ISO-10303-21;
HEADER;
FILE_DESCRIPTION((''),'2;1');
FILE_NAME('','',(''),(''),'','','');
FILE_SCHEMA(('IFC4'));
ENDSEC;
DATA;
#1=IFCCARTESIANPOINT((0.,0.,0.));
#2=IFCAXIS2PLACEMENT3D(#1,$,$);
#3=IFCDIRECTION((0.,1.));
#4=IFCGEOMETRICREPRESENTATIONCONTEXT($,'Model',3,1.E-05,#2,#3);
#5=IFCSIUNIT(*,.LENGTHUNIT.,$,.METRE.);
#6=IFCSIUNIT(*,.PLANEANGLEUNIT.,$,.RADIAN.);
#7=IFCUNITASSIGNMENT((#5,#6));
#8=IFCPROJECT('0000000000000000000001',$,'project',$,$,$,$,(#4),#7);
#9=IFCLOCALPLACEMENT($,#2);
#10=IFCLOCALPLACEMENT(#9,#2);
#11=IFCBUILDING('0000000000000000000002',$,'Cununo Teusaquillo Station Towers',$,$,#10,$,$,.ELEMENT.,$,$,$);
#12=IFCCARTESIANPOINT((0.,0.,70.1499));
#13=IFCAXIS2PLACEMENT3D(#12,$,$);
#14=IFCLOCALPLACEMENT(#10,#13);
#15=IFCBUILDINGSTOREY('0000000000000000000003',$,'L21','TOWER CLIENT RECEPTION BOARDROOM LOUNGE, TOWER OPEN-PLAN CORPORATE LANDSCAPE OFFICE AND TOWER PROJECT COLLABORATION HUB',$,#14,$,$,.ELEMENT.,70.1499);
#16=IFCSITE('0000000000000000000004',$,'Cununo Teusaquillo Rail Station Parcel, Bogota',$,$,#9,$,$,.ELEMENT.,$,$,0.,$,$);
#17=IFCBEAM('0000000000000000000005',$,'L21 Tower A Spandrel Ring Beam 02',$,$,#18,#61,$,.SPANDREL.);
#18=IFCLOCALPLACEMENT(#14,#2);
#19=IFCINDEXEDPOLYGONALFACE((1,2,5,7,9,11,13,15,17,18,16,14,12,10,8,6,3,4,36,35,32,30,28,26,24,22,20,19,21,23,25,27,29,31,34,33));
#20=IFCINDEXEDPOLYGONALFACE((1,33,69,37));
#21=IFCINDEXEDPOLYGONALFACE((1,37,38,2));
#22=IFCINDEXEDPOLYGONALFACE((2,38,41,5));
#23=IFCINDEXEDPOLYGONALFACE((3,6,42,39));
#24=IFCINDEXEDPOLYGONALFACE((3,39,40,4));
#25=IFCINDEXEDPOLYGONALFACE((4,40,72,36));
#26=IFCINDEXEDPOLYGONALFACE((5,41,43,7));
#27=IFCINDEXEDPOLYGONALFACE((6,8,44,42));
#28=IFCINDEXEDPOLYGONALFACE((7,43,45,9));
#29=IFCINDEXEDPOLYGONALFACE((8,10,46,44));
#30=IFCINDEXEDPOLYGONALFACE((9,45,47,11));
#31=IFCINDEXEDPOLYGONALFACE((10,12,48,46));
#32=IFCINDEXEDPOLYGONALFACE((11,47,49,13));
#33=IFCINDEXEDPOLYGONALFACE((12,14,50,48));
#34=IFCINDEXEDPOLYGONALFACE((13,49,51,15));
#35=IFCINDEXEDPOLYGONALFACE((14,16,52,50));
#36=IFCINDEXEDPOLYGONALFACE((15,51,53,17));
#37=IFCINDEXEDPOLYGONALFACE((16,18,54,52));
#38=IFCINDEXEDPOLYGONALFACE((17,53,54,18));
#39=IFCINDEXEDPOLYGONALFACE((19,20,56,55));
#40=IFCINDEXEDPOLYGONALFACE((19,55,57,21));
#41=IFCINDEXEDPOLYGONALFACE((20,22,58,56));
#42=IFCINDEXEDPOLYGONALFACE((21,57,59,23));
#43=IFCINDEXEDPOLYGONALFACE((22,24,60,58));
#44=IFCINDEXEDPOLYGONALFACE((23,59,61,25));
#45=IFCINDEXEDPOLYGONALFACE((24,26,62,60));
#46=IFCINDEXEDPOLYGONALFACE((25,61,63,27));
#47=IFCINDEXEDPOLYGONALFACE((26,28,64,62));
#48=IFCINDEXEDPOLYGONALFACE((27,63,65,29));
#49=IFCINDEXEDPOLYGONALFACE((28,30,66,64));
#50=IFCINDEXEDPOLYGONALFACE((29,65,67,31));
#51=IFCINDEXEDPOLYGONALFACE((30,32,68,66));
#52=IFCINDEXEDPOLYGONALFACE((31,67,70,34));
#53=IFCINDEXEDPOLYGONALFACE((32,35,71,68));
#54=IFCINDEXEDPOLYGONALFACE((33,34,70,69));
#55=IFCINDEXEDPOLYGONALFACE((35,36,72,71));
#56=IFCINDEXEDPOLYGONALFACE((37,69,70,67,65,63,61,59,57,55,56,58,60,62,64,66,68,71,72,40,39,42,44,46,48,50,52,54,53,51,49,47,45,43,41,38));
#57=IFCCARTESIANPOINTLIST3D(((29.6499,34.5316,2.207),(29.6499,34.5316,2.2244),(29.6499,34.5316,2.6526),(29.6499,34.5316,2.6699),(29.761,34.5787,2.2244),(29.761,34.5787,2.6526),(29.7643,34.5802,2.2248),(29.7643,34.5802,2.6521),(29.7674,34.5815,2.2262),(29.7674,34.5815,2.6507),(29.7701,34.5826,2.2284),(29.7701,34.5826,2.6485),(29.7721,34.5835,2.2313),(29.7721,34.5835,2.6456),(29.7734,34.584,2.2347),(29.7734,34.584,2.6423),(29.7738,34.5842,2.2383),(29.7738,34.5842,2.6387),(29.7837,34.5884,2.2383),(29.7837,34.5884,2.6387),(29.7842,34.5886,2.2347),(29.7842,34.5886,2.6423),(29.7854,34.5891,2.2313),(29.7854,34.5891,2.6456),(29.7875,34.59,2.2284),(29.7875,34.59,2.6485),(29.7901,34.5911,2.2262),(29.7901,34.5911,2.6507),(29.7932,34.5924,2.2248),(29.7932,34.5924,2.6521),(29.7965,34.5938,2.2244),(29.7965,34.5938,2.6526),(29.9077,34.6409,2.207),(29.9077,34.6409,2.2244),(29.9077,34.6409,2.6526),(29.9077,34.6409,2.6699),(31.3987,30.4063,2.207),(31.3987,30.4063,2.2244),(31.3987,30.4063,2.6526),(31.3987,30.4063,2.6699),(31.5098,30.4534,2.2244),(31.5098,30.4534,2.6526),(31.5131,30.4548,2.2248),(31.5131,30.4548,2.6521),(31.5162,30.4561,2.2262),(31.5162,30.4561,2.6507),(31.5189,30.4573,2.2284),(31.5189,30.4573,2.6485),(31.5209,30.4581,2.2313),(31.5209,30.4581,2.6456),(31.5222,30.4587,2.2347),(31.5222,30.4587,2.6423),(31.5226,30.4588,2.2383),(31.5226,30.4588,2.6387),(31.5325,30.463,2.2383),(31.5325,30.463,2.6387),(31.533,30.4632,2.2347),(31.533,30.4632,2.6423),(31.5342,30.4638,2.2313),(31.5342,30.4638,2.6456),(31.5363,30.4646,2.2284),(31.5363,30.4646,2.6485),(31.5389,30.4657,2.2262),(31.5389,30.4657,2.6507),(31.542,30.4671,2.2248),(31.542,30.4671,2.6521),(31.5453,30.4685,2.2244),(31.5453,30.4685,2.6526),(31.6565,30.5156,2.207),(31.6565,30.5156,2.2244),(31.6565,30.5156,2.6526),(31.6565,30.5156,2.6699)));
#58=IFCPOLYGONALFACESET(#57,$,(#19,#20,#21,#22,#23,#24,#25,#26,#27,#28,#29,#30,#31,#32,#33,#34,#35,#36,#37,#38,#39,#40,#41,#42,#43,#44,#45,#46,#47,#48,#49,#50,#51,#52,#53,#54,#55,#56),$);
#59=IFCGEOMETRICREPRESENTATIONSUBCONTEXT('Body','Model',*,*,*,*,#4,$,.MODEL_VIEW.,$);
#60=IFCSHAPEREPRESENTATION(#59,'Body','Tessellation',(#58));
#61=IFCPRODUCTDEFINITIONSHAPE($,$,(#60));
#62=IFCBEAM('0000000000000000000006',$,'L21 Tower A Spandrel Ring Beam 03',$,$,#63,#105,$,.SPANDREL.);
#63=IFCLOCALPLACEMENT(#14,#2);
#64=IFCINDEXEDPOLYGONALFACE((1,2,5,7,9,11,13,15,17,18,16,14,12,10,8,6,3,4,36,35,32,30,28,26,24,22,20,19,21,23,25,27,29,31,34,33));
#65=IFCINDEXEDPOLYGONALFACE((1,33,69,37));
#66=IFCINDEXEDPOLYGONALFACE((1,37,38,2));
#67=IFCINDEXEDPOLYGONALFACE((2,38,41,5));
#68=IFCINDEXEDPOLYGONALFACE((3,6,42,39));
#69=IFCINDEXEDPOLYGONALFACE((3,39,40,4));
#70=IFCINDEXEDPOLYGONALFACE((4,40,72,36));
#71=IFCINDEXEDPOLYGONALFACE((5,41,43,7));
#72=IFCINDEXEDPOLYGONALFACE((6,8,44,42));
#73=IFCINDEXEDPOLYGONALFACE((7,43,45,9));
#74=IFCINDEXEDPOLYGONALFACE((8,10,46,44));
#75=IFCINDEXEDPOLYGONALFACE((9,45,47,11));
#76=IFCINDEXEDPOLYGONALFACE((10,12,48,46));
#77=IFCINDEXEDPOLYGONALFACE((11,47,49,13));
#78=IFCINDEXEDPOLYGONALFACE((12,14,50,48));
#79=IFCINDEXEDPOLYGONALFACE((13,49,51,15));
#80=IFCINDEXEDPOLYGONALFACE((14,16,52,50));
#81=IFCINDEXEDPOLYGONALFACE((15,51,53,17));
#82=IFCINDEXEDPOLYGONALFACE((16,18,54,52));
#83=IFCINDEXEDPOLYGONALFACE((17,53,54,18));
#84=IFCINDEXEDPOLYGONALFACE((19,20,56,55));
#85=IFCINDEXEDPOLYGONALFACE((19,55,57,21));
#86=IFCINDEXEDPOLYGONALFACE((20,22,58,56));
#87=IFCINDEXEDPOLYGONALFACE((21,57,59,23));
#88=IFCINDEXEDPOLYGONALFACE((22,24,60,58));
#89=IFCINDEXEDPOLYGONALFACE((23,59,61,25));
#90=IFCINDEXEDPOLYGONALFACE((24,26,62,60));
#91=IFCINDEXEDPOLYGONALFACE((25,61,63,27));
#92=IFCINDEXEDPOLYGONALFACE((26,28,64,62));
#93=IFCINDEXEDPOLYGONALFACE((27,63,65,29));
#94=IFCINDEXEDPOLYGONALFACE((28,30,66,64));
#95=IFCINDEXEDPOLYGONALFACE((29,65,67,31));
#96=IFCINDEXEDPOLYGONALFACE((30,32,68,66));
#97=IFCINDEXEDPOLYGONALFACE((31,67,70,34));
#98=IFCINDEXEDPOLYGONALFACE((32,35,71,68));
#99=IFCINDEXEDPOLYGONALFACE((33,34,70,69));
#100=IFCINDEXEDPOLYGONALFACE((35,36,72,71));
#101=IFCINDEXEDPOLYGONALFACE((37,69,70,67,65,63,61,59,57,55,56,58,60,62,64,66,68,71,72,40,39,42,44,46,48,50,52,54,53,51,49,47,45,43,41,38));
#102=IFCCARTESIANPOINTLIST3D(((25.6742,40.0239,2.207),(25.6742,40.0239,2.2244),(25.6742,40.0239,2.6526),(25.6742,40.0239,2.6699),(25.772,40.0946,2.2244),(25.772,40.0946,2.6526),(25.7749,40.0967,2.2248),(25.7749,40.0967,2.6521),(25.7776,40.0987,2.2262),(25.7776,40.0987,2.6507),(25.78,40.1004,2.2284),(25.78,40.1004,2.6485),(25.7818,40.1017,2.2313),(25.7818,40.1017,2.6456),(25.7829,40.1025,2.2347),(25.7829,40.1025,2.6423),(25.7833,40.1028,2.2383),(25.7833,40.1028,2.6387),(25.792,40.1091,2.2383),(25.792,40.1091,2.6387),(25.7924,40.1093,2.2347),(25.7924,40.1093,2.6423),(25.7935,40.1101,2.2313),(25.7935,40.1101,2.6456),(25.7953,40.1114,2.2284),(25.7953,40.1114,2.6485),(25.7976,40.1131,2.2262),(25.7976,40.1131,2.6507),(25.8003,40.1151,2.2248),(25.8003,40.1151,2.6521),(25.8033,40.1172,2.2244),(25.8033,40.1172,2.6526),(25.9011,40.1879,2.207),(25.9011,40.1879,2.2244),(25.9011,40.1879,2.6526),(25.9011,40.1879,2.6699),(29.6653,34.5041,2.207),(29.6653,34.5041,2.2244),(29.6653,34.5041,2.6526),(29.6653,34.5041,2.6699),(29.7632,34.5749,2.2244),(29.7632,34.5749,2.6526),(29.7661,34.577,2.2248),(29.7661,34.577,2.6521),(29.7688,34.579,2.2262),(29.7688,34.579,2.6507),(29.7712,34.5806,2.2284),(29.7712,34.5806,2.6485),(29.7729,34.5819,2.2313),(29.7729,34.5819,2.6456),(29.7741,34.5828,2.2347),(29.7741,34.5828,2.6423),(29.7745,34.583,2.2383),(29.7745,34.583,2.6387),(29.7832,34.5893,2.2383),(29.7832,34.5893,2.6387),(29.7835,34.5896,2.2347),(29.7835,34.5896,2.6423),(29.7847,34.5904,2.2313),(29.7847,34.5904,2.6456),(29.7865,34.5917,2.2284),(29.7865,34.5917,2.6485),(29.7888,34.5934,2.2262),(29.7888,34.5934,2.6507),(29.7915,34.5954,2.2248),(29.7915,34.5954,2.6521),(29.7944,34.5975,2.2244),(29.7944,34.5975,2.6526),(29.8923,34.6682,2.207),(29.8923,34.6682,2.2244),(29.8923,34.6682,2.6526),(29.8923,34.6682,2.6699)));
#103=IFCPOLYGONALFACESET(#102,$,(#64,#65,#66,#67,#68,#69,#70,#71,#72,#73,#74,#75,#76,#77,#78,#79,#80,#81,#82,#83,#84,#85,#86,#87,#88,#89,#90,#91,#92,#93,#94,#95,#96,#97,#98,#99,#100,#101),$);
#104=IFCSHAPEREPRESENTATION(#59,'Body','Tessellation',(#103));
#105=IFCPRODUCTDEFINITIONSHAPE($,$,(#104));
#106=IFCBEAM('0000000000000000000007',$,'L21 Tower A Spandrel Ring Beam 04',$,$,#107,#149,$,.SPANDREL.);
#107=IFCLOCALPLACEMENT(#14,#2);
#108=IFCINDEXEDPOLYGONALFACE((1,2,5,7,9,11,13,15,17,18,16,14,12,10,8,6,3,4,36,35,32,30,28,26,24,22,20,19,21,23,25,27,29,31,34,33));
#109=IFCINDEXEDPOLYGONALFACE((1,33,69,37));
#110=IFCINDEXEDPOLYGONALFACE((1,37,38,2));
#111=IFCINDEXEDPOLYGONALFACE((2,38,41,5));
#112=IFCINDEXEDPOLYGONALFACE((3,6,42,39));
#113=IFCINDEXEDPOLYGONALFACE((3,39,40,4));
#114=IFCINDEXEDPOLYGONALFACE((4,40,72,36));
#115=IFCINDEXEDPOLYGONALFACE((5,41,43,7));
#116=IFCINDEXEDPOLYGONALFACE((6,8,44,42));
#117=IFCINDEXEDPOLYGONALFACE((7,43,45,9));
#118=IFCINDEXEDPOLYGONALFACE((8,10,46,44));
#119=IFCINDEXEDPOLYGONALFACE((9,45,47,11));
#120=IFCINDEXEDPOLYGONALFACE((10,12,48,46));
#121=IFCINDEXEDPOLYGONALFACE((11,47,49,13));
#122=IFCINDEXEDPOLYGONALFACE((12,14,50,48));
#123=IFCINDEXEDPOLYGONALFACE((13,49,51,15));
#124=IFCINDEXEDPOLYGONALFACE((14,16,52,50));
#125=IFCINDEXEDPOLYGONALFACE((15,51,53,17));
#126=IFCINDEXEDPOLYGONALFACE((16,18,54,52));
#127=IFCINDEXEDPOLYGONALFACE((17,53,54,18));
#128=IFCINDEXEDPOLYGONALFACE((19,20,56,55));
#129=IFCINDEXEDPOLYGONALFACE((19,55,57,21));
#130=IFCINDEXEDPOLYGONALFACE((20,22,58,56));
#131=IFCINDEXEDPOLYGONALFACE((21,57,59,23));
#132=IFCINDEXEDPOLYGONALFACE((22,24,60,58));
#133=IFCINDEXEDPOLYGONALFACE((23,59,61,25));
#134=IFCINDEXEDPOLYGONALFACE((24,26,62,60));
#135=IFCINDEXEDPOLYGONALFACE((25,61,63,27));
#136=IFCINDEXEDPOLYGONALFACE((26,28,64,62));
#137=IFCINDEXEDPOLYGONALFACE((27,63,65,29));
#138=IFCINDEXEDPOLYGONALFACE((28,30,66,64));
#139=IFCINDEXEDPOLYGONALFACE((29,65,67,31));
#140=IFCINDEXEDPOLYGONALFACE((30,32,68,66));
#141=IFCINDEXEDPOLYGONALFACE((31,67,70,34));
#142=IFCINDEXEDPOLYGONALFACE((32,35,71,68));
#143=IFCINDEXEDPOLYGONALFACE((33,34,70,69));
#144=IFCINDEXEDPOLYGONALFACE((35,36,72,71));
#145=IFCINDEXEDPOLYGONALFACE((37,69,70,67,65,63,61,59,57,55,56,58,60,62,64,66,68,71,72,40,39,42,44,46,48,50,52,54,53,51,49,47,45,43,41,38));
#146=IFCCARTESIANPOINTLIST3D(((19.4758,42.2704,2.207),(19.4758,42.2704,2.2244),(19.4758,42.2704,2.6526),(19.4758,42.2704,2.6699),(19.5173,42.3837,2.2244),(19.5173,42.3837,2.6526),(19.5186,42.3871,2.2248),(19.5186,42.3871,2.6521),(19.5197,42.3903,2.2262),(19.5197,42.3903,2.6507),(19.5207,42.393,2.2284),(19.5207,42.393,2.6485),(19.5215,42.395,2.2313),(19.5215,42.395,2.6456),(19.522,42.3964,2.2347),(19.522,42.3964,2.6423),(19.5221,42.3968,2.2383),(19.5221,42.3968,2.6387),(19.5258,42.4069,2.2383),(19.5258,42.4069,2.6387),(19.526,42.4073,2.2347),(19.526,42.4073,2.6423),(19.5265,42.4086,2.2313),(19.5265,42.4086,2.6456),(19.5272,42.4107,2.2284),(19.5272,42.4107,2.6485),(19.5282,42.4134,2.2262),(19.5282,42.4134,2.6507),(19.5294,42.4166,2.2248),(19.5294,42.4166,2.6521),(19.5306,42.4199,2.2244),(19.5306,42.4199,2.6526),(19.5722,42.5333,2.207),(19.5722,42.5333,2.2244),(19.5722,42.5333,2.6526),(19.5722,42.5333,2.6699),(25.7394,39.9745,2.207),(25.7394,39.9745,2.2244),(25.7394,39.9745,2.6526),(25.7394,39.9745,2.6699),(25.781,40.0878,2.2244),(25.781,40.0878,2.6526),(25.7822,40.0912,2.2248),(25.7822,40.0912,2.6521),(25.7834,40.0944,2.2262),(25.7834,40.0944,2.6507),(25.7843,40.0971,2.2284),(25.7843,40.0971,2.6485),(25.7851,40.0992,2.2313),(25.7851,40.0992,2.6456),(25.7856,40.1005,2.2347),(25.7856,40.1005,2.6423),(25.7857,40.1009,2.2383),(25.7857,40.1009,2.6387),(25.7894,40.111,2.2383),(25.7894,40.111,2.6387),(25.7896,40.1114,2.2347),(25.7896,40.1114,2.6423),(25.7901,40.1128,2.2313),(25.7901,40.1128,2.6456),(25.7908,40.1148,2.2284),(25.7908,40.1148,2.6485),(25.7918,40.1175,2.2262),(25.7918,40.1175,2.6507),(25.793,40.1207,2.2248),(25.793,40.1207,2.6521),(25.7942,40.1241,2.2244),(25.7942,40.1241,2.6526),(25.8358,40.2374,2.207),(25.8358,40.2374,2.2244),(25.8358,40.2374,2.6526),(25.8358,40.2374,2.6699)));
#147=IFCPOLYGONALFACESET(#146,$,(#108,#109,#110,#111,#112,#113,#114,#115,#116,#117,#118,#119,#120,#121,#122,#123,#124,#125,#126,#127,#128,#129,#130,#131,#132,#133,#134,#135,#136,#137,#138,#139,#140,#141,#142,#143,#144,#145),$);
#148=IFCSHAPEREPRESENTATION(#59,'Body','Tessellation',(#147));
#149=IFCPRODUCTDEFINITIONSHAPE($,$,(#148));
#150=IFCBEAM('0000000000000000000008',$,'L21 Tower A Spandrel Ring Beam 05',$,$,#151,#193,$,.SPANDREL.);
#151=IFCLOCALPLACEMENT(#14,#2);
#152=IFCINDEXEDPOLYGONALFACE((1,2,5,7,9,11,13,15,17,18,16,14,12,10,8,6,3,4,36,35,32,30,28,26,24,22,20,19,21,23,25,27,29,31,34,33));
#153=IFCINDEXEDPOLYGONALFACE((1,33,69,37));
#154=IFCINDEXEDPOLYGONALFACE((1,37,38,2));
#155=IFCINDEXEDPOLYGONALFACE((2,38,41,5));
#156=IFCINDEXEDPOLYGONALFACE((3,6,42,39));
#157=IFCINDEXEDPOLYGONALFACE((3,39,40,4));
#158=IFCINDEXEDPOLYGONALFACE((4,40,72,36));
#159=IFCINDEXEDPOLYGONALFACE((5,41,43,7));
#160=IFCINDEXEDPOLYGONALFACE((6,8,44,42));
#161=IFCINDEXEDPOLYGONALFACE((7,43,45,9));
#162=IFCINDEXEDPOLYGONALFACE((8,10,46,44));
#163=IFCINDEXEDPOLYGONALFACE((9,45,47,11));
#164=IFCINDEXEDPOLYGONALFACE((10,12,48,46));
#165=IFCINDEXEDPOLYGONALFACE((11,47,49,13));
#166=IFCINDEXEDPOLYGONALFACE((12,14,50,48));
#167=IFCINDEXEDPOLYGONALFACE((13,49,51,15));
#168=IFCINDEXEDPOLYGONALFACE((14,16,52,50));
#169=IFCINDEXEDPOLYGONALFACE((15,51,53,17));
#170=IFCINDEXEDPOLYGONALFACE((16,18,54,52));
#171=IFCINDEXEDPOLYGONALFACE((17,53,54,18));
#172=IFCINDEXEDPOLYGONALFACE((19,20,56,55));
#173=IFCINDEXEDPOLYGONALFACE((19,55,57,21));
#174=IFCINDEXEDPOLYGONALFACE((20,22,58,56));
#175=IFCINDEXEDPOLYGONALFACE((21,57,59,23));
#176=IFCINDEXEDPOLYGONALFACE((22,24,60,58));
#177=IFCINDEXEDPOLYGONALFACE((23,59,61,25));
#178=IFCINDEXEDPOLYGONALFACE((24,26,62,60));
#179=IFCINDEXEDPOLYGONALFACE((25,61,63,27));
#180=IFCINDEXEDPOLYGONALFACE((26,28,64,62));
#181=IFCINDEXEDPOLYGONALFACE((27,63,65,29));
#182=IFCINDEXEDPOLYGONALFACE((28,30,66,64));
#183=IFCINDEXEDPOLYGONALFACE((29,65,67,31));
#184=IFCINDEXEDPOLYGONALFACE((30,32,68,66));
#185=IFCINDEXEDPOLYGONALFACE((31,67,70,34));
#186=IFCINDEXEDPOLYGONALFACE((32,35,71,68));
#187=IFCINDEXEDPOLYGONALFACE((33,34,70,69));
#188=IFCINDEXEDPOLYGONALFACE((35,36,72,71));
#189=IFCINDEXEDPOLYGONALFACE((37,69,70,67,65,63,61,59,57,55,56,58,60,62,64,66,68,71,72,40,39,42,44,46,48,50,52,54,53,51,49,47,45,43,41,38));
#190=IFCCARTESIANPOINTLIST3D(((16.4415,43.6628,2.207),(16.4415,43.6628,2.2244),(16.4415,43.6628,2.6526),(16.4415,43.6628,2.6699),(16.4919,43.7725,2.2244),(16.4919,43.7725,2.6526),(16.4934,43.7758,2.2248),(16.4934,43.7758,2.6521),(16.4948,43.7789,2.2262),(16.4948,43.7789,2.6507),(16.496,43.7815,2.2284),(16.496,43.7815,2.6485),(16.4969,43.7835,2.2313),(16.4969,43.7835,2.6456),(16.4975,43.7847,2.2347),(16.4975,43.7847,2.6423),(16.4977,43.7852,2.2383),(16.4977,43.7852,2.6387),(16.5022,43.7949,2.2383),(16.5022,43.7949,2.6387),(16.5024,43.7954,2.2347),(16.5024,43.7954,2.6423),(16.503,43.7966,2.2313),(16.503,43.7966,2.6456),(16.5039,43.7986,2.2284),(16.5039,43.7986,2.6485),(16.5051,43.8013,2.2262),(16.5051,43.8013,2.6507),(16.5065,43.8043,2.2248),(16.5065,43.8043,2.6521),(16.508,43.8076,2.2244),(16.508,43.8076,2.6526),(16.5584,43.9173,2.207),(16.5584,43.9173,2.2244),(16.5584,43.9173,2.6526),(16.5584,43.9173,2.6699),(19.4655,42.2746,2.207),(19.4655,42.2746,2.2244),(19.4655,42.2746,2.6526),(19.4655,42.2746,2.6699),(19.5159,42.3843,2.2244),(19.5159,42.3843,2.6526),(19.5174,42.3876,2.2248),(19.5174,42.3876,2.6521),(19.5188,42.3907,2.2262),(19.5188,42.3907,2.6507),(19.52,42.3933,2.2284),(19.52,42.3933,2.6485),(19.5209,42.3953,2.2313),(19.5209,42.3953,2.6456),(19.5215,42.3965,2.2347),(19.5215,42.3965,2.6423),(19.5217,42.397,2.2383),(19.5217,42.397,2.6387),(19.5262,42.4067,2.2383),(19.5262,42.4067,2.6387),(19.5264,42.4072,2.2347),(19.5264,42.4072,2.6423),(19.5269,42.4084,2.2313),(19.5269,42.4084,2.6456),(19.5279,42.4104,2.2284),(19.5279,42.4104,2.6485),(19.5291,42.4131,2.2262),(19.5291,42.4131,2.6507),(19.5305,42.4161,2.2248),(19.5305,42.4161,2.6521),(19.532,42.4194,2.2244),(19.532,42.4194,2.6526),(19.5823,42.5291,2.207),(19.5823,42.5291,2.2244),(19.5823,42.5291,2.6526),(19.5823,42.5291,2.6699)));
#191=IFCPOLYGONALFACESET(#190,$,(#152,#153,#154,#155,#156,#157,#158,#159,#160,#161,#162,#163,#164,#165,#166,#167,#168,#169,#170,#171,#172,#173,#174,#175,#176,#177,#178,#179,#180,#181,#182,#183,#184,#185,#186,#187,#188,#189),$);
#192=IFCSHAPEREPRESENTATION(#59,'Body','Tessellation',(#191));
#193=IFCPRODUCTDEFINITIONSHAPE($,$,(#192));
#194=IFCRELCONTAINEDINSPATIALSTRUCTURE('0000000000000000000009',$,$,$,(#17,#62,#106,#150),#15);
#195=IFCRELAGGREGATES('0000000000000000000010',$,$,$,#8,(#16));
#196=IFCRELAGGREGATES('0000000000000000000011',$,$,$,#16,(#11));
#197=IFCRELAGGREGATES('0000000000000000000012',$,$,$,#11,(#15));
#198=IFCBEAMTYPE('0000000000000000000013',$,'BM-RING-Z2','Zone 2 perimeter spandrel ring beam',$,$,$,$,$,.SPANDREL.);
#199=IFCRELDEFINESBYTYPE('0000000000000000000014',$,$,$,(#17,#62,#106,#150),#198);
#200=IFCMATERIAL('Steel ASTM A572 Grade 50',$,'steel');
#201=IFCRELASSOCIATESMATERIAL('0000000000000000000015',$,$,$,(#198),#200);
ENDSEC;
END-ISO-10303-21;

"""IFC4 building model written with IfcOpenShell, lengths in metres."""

from ifc_helpers import new_model, si_unit, direction, frame, origin, origin_2d, place, context, subcontext, project, spatial, i_section, extrude, material, material_profile, profile_set, type_object, element, save


model = new_model("IFC4")

# Units and contexts
model_context = context("Model", 3, precision=1e-05, world=origin(), true_north=direction((0.0, 1.0)))
body_context = subcontext(model_context, "Body", "Model", "MODEL_VIEW")
ifc_project = project(units=[si_unit("LENGTHUNIT", "METRE"), si_unit("PLANEANGLEUNIT", "RADIAN")], contexts=[model_context])

# Site, building, storey
site_placement = place(None, origin())
site = spatial("IfcSite", under=ifc_project, at=site_placement, Name="Cununo Teusaquillo Rail Station Parcel, Bogota", CompositionType="ELEMENT", RefElevation=0.0)
building_placement = place(site_placement, origin())
building = spatial("IfcBuilding", under=site, at=building_placement, Name="Cununo Teusaquillo Station Towers", CompositionType="ELEMENT")
storey_placement = place(building_placement, frame((0.0, 0.0, 70.1499)))
storey = spatial("IfcBuildingStorey", under=building, at=storey_placement, Name="L21", Description="TOWER CLIENT RECEPTION BOARDROOM LOUNGE, TOWER OPEN-PLAN CORPORATE LANDSCAPE OFFICE AND TOWER PROJECT COLLABORATION HUB", CompositionType="ELEMENT", Elevation=70.1499)

# Beams
ifc_material_1 = material(Name="Steel ASTM A572 Grade 50", Category="steel")
ifc_material_profile_1 = material_profile(ifc_material_1, i_section(OverallWidth=0.28, OverallDepth=0.4629, WebThickness=0.0107, FlangeThickness=0.0173, FilletRadius=0.0139, at=origin_2d()), Name="W18X76")
ifc_profile_set_1 = profile_set([ifc_material_profile_1], Name="Steel ASTM A572 Grade 50")
beam_type_1 = type_object("IfcBeamType", Name="BM-RING-Z2", Description="Zone 2 perimeter spandrel ring beam", PredefinedType="SPANDREL", material=ifc_profile_set_1)
beam_1_placement = place(storey_placement, frame((31.5276, 30.4609, 2.4385), z_axis=(-0.390299, 0.920688, 0.0), x_axis=(-0.920688, -0.390299, 0.0)))
element("IfcBeam", 1, at=beam_1_placement, inside=storey, type_object=beam_type_1, Name="L21 Tower A Spandrel Ring Beam 02", PredefinedType="SPANDREL", context=body_context, shape_type="SweptSolid", body=[
    extrude(i_section(OverallWidth=0.28, OverallDepth=0.4629, WebThickness=0.0107, FlangeThickness=0.0173, FilletRadius=0.0139, at=origin_2d()), origin(), (0.0, 0.0, 1.0), 4.4807),
])
beam_2_placement = place(storey_placement, frame((29.7788, 34.5862, 2.4385), z_axis=(-0.585945, 0.810351, 0.0), x_axis=(-0.810351, -0.585945, 0.0)))
element("IfcBeam", 2, at=beam_2_placement, inside=storey, type_object=beam_type_1, Name="L21 Tower A Spandrel Ring Beam 03", PredefinedType="SPANDREL", context=body_context, shape_type="SweptSolid", body=[
    extrude(i_section(OverallWidth=0.28, OverallDepth=0.4629, WebThickness=0.0107, FlangeThickness=0.0173, FilletRadius=0.0139, at=origin_2d()), origin(), (0.0, 0.0, 1.0), 6.8115),
])
beam_3_placement = place(storey_placement, frame((25.7876, 40.106, 2.4385), z_axis=(-0.938914, 0.344151, 0.0), x_axis=(-0.344151, -0.938914, 0.0)))
element("IfcBeam", 3, at=beam_3_placement, inside=storey, type_object=beam_type_1, Name="L21 Tower A Spandrel Ring Beam 04", PredefinedType="SPANDREL", context=body_context, shape_type="SweptSolid", body=[
    extrude(i_section(OverallWidth=0.28, OverallDepth=0.4629, WebThickness=0.0107, FlangeThickness=0.0173, FilletRadius=0.0139, at=origin_2d()), origin(), (0.0, 0.0, 1.0), 6.6711),
])
beam_4_placement = place(storey_placement, frame((19.5239, 42.4019, 2.4385), z_axis=(-0.908812, 0.417205, 0.0), x_axis=(-0.417205, -0.908812, 0.0)))
element("IfcBeam", 4, at=beam_4_placement, inside=storey, type_object=beam_type_1, Name="L21 Tower A Spandrel Ring Beam 05", PredefinedType="SPANDREL", context=body_context, shape_type="SweptSolid", body=[
    extrude(i_section(OverallWidth=0.28, OverallDepth=0.4629, WebThickness=0.0107, FlangeThickness=0.0173, FilletRadius=0.0139, at=origin_2d()), origin(), (0.0, 0.0, 1.0), 3.3274),
])

save(model, "model.ifc")
